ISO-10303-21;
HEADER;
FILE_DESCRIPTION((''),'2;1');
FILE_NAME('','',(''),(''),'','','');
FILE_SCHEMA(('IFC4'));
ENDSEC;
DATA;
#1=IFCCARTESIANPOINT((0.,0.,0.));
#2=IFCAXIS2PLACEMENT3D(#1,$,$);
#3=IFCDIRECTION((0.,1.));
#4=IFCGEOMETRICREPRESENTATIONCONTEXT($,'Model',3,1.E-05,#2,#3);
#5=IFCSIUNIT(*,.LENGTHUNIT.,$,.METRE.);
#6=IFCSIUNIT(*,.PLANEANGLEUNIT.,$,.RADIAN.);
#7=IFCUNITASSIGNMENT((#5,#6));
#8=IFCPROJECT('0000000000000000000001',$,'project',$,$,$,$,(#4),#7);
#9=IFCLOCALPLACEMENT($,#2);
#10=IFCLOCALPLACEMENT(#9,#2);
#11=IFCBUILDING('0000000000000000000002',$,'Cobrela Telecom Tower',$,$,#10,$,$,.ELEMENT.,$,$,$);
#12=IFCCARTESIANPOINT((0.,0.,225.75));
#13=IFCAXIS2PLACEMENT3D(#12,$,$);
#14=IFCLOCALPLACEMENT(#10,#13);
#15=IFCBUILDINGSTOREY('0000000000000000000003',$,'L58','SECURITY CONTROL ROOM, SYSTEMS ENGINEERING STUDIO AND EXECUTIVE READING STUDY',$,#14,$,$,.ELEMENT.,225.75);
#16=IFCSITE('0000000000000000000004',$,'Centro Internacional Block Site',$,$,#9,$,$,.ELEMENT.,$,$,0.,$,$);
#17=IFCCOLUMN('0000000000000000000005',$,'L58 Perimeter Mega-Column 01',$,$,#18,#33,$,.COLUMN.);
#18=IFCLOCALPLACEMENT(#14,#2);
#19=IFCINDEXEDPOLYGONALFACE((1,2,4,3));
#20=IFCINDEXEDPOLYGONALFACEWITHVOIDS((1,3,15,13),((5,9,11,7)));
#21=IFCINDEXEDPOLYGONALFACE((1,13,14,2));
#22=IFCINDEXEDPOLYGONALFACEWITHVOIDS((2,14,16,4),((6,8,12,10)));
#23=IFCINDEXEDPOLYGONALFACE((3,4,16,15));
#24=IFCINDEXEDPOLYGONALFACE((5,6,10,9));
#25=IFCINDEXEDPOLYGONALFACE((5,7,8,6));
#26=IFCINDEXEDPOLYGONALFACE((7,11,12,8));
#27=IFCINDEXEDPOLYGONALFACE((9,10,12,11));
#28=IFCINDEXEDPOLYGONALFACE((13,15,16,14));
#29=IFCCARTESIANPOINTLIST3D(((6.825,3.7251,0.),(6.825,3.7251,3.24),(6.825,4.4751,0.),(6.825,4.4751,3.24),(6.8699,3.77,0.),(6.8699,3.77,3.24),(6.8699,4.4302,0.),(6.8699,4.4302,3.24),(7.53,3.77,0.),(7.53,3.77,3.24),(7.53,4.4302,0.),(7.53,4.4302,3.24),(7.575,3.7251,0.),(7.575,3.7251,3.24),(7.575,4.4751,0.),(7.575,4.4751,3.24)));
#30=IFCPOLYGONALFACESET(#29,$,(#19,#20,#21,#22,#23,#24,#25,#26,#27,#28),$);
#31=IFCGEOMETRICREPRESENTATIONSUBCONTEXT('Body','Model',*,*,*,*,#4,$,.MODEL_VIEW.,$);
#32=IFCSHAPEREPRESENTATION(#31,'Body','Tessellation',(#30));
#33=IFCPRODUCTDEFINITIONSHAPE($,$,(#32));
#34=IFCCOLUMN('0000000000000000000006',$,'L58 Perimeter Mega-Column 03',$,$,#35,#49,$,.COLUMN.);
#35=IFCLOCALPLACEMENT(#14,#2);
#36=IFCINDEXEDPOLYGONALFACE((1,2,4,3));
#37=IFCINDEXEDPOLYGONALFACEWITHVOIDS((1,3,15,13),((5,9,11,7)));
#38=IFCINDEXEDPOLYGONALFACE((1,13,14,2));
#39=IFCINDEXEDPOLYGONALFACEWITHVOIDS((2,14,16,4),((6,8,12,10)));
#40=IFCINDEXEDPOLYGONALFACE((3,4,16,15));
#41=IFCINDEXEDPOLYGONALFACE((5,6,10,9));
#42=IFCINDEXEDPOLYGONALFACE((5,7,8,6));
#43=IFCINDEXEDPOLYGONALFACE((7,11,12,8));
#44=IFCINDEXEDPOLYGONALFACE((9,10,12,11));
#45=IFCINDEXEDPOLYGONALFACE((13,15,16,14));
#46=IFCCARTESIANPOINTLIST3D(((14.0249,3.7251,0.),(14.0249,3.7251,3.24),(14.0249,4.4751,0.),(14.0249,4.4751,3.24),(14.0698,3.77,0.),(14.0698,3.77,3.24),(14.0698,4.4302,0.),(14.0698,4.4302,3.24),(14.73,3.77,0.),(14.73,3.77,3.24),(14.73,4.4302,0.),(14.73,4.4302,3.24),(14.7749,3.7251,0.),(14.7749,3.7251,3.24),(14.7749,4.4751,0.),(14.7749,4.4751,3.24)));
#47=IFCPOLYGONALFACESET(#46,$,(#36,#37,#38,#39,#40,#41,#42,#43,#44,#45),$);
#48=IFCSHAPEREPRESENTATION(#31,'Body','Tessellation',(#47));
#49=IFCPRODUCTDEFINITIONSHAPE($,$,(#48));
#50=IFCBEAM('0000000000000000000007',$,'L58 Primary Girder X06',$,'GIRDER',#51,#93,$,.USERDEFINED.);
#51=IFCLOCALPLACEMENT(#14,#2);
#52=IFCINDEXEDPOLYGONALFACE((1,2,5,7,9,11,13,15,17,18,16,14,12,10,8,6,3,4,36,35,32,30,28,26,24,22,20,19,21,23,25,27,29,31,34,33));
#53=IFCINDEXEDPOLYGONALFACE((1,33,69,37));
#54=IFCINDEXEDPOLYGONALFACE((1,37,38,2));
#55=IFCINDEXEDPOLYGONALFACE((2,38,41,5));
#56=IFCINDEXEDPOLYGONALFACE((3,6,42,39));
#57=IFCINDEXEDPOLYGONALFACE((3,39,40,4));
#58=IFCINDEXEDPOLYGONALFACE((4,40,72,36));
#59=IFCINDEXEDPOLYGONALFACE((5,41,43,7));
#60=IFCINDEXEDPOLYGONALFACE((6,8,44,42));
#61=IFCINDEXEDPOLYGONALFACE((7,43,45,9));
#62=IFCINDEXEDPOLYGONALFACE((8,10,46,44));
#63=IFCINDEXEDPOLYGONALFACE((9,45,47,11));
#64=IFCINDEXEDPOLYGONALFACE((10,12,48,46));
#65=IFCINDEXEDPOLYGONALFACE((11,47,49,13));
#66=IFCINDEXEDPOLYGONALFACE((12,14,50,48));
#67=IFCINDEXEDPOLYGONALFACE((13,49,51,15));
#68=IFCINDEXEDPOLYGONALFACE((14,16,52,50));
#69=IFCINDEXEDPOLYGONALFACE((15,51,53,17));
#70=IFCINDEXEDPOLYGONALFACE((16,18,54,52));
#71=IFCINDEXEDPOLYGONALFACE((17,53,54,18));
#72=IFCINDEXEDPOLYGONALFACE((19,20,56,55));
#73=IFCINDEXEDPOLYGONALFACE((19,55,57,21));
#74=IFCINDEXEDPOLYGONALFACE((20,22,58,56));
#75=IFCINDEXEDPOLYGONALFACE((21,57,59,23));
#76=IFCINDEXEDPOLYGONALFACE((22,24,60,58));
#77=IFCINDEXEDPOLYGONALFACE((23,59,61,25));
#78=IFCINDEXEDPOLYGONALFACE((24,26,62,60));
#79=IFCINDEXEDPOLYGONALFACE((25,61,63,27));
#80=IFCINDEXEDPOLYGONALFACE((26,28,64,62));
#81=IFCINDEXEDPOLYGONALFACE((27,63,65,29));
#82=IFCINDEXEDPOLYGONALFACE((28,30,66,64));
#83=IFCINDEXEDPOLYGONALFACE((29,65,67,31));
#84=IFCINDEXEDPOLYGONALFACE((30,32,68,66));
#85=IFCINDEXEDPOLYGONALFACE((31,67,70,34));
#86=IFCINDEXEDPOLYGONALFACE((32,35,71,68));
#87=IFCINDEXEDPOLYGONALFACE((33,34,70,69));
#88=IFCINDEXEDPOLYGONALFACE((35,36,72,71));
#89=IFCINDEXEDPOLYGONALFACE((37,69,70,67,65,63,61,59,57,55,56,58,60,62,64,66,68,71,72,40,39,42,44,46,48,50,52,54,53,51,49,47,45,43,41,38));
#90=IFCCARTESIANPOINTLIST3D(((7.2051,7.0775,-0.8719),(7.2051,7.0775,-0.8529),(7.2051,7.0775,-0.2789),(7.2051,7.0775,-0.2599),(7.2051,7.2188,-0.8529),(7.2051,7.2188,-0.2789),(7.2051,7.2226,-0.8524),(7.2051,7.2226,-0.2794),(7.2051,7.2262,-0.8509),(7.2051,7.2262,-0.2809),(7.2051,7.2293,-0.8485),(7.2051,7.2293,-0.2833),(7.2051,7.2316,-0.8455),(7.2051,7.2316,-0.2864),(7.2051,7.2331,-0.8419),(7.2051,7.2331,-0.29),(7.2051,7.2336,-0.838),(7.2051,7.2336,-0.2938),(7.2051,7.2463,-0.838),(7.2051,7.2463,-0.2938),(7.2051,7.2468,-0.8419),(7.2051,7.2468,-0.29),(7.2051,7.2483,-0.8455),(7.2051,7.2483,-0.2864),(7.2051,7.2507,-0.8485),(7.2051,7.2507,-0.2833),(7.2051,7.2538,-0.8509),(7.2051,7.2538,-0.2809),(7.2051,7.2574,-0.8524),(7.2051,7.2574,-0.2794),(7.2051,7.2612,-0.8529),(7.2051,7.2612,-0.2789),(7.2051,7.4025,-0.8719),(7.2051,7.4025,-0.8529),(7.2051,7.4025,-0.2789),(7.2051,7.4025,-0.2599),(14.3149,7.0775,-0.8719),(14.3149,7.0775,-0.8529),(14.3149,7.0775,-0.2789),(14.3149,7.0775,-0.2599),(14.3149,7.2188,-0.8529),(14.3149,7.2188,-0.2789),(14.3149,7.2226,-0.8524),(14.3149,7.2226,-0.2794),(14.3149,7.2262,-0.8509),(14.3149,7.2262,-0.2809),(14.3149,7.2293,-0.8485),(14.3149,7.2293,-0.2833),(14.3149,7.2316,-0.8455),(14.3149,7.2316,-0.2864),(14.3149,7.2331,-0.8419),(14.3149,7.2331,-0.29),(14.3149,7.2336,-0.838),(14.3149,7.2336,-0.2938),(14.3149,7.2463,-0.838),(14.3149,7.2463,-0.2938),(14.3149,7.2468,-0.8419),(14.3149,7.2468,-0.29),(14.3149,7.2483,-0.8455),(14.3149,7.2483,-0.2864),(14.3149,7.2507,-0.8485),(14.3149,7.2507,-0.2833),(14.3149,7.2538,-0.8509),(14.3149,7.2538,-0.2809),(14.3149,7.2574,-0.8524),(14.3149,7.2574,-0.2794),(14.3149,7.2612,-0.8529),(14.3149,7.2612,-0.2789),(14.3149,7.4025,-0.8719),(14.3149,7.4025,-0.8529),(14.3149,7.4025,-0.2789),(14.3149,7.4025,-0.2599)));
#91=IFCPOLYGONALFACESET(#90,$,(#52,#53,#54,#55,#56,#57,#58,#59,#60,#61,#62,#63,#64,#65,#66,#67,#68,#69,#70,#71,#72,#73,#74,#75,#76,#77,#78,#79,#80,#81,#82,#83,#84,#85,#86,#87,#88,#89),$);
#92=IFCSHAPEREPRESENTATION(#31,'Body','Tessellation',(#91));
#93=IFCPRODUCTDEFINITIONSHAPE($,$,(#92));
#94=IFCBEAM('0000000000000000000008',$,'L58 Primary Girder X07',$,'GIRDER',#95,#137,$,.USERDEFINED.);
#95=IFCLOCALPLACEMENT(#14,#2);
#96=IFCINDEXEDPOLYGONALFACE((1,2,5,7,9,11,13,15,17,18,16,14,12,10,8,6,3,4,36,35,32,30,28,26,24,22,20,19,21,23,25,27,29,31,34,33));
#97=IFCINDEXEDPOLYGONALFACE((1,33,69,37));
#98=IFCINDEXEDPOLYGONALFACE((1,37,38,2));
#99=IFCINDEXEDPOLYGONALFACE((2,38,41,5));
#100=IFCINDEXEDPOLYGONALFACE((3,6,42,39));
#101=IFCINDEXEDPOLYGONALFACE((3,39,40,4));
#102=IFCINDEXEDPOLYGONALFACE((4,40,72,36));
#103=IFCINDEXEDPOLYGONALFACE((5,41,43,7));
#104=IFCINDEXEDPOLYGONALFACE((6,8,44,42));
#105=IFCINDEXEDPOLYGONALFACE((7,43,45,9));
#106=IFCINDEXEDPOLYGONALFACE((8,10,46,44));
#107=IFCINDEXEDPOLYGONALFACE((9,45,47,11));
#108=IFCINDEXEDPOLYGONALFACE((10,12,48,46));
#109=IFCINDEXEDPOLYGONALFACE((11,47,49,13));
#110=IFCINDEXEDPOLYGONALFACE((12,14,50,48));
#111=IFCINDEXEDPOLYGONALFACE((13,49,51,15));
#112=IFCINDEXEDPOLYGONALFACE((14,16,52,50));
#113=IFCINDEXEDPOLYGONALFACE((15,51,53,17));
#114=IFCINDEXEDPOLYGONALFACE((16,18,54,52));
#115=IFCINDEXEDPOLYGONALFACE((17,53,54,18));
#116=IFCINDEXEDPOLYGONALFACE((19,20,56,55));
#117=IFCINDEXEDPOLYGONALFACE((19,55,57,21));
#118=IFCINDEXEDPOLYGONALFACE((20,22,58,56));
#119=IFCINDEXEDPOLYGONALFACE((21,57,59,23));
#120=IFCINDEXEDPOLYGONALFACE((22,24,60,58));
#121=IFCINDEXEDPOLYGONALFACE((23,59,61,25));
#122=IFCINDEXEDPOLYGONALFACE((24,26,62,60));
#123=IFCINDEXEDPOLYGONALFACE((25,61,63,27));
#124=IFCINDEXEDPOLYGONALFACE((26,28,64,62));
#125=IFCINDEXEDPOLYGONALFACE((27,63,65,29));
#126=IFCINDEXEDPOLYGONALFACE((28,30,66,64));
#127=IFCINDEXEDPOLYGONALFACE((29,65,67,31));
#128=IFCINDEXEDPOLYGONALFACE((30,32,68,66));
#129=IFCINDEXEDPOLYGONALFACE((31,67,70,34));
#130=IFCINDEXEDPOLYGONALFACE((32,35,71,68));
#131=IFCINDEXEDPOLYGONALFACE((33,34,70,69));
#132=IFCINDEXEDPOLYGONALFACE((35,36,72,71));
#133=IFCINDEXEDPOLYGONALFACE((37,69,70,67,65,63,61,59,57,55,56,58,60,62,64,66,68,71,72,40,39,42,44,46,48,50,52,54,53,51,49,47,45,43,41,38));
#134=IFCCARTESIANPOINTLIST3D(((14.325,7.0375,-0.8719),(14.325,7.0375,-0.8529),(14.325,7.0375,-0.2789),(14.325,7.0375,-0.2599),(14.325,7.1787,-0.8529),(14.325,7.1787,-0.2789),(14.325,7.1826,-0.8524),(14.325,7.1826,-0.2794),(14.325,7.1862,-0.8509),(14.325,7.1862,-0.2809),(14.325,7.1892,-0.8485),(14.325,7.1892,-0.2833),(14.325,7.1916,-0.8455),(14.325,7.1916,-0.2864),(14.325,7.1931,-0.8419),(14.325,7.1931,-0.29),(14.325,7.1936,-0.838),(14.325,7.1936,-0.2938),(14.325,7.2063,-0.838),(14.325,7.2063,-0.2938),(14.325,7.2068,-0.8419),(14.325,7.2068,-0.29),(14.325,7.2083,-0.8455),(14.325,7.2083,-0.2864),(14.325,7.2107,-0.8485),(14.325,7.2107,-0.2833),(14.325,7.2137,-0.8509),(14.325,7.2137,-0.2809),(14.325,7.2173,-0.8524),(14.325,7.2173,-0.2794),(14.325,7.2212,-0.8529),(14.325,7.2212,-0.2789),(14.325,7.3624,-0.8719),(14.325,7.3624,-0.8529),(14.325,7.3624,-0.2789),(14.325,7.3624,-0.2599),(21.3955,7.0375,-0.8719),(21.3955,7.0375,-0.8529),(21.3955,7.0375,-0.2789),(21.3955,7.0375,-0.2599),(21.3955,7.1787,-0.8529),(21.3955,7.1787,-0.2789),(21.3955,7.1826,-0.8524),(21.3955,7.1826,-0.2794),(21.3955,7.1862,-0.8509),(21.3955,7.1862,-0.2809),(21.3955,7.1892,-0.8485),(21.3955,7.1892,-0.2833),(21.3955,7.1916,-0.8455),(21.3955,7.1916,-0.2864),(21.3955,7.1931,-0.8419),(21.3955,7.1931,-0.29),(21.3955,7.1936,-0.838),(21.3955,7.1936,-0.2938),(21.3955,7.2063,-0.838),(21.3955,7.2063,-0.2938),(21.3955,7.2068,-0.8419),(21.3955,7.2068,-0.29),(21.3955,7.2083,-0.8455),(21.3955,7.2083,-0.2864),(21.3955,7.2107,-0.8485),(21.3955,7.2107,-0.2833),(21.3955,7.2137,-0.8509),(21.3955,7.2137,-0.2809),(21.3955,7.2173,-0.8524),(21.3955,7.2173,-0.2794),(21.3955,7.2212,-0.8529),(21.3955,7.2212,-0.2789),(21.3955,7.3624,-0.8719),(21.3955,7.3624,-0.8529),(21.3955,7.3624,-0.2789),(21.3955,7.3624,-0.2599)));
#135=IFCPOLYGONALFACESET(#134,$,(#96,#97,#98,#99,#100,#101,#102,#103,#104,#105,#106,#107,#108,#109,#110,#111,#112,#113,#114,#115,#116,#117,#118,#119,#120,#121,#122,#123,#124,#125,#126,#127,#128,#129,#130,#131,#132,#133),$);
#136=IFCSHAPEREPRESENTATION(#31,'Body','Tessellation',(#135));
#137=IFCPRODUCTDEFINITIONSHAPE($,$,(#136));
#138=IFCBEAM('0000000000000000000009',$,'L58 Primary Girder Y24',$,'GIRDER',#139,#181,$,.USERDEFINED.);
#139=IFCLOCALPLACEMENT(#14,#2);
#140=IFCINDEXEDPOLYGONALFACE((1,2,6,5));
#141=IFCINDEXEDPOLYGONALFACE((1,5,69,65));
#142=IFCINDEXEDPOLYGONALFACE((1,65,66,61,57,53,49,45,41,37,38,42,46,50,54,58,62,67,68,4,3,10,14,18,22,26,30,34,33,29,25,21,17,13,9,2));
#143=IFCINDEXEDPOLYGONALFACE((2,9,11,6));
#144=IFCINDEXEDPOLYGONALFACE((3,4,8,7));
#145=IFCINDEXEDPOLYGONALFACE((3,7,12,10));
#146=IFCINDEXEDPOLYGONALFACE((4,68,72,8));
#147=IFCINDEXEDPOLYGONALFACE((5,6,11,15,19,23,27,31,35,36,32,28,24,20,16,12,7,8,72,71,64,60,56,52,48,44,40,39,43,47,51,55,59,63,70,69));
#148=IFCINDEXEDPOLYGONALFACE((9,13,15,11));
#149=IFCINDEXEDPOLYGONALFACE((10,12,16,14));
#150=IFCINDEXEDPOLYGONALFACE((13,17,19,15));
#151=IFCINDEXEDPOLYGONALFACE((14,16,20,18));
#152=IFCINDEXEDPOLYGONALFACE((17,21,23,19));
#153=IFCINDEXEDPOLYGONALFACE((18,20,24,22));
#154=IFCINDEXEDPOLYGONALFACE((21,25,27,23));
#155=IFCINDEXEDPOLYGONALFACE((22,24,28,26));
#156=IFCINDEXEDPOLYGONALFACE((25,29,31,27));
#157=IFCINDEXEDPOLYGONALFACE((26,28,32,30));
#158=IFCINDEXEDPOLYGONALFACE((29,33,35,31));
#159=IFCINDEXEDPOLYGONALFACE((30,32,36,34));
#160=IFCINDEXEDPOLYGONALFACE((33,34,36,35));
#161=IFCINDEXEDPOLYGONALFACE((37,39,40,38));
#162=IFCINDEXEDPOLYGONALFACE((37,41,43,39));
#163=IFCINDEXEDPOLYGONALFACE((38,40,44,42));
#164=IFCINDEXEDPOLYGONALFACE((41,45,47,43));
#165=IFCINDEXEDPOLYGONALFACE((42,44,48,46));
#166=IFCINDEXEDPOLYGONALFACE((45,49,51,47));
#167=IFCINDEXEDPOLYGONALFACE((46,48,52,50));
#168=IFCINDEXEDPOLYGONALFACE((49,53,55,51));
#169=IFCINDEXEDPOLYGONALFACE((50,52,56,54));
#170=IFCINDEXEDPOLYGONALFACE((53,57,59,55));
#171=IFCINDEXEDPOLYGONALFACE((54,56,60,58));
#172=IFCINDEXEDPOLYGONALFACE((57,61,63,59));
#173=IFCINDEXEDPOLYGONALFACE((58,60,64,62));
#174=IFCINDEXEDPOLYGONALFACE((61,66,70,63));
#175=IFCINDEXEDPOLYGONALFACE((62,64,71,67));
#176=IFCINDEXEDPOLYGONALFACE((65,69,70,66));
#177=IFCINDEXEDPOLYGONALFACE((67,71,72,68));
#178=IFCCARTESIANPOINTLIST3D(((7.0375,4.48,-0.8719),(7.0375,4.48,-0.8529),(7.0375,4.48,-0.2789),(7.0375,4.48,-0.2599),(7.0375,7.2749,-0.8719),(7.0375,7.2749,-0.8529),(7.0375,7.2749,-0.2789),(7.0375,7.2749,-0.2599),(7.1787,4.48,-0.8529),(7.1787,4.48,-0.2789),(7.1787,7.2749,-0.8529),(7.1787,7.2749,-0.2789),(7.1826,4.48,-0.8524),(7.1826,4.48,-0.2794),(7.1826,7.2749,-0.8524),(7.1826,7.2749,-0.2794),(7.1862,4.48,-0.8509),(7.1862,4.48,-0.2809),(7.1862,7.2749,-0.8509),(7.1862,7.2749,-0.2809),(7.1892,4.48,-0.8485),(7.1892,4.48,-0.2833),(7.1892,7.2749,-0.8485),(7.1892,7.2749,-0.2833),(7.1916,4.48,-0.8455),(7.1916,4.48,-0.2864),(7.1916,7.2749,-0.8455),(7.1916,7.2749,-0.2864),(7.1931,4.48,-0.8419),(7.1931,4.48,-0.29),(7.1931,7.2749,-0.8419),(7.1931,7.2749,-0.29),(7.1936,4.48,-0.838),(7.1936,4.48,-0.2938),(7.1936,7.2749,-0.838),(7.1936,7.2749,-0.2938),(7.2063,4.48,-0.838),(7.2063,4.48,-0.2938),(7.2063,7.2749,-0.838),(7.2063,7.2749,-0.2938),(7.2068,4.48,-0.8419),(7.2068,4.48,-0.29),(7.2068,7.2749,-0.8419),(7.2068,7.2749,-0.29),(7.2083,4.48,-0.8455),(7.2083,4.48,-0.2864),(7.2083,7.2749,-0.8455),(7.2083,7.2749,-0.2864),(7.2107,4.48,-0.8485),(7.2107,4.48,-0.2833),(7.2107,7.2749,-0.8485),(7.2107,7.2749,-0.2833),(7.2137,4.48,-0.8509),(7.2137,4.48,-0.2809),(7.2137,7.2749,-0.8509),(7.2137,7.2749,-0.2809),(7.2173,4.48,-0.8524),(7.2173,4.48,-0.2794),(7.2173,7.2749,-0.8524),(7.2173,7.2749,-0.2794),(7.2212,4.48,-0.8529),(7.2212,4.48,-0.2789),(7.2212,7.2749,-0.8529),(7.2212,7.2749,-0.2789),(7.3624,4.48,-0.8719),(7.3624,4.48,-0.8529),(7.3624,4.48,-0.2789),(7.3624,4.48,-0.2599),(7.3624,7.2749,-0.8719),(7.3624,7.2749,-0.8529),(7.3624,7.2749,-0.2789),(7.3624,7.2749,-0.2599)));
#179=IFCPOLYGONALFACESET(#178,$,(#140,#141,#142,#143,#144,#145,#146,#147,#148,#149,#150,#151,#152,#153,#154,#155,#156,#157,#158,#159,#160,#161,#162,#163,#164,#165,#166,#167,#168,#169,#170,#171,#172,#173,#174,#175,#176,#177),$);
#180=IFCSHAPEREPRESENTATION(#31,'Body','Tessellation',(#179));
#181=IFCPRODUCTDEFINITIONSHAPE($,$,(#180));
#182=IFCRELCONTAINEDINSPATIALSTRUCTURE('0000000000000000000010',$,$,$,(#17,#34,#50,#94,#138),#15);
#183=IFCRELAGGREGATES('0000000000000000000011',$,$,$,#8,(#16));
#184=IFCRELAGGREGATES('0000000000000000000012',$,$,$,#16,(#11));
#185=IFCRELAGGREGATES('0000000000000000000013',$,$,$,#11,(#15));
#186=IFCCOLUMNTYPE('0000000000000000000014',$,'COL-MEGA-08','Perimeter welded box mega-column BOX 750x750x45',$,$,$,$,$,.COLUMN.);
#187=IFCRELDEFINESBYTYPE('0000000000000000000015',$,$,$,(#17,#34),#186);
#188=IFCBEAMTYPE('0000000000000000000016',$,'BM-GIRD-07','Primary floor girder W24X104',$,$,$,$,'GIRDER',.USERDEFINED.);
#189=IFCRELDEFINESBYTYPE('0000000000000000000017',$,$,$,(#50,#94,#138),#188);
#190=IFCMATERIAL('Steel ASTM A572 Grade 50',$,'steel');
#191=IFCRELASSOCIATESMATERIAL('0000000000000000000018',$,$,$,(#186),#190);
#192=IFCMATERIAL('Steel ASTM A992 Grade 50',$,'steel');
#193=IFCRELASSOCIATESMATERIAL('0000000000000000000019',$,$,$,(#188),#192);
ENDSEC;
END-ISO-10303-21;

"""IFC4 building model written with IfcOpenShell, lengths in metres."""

from ifc_helpers import new_model, si_unit, direction, frame, origin, origin_2d, place, context, subcontext, project, spatial, hollow_rectangle, i_section, extrude, material, material_profile, profile_set, type_object, element, save


model = new_model("IFC4")

# Units and contexts
model_context = context("Model", 3, precision=1e-05, world=origin(), true_north=direction((0.0, 1.0)))
body_context = subcontext(model_context, "Body", "Model", "MODEL_VIEW")
ifc_project = project(units=[si_unit("LENGTHUNIT", "METRE"), si_unit("PLANEANGLEUNIT", "RADIAN")], contexts=[model_context])

# Site, building, storey
site_placement = place(None, origin())
site = spatial("IfcSite", under=ifc_project, at=site_placement, Name="Centro Internacional Block Site", CompositionType="ELEMENT", RefElevation=0.0)
building_placement = place(site_placement, origin())
building = spatial("IfcBuilding", under=site, at=building_placement, Name="Cobrela Telecom Tower", CompositionType="ELEMENT")
storey_placement = place(building_placement, frame((0.0, 0.0, 225.75)))
storey = spatial("IfcBuildingStorey", under=building, at=storey_placement, Name="L58", Description="SECURITY CONTROL ROOM, SYSTEMS ENGINEERING STUDIO AND EXECUTIVE READING STUDY", CompositionType="ELEMENT", Elevation=225.75)

# Columns
ifc_material_1 = material(Name="Steel ASTM A572 Grade 50", Category="steel")
ifc_material_profile_1 = material_profile(ifc_material_1, hollow_rectangle(XDim=0.75, YDim=0.75, WallThickness=0.0449, at=origin_2d()), Name="BOX 750x750x45")
ifc_profile_set_1 = profile_set([ifc_material_profile_1], Name="Steel ASTM A572 Grade 50")
column_type = type_object("IfcColumnType", Name="COL-MEGA-08", Description="Perimeter welded box mega-column BOX 750x750x45", PredefinedType="COLUMN", material=ifc_profile_set_1)
for number, where, z_axis, x_axis, name in (
    (1, (7.2, 4.1001, 0.0), (0.0, 0.0, 1.0), (1.0, 0.0, 0.0), "L58 Perimeter Mega-Column 01"),
    (2, (14.3999, 4.1001, 0.0), (0.0, 0.0, 1.0), (1.0, 0.0, 0.0), "L58 Perimeter Mega-Column 03"),
):
    element("IfcColumn", number, at=place(storey_placement, frame(where, z_axis=z_axis, x_axis=x_axis)), inside=storey, type_object=column_type, Name=name, PredefinedType="COLUMN", context=body_context, shape_type="SweptSolid", body=[
        extrude(hollow_rectangle(XDim=0.75, YDim=0.75, WallThickness=0.0449, at=origin_2d()), origin(), (0.0, 0.0, 1.0), 3.24),
    ])

# Beams
ifc_material_2 = material(Name="Steel ASTM A992 Grade 50", Category="steel")
ifc_material_profile_2 = material_profile(ifc_material_2, i_section(OverallWidth=0.325, OverallDepth=0.6121, WebThickness=0.0127, FlangeThickness=0.019, FilletRadius=0.0149, at=origin_2d()), Name="W24X104")
ifc_profile_set_2 = profile_set([ifc_material_profile_2], Name="Steel ASTM A992 Grade 50")
beam_type_1 = type_object("IfcBeamType", Name="BM-GIRD-07", Description="Primary floor girder W24X104", ElementType="GIRDER", PredefinedType="USERDEFINED", material=ifc_profile_set_2)
beam_1_placement = place(storey_placement, frame((7.2051, 7.24, -0.5659), z_axis=(1.0, 0.0, 0.0), x_axis=(0.0, 1.0, 0.0)))
element("IfcBeam", 3, at=beam_1_placement, inside=storey, type_object=beam_type_1, Name="L58 Primary Girder X06", ObjectType="GIRDER", PredefinedType="USERDEFINED", context=body_context, shape_type="SweptSolid", body=[
    extrude(i_section(OverallWidth=0.325, OverallDepth=0.6121, WebThickness=0.0127, FlangeThickness=0.019, FilletRadius=0.0149, at=origin_2d()), origin(), (0.0, 0.0, 1.0), 7.1099),
])
beam_2_placement = place(storey_placement, frame((14.325, 7.2, -0.5659), z_axis=(1.0, 0.0, 0.0), x_axis=(0.0, 1.0, 0.0)))
element("IfcBeam", 4, at=beam_2_placement, inside=storey, type_object=beam_type_1, Name="L58 Primary Girder X07", ObjectType="GIRDER", PredefinedType="USERDEFINED", context=body_context, shape_type="SweptSolid", body=[
    extrude(i_section(OverallWidth=0.325, OverallDepth=0.6121, WebThickness=0.0127, FlangeThickness=0.019, FilletRadius=0.0149, at=origin_2d()), origin(), (0.0, 0.0, 1.0), 7.0706),
])
beam_3_placement = place(storey_placement, frame((7.2, 4.48, -0.5659), z_axis=(0.0, 1.0, 0.0), x_axis=(-1.0, 0.0, 0.0)))
element("IfcBeam", 5, at=beam_3_placement, inside=storey, type_object=beam_type_1, Name="L58 Primary Girder Y24", ObjectType="GIRDER", PredefinedType="USERDEFINED", context=body_context, shape_type="SweptSolid", body=[
    extrude(i_section(OverallWidth=0.325, OverallDepth=0.6121, WebThickness=0.0127, FlangeThickness=0.019, FilletRadius=0.0149, at=origin_2d()), origin(), (0.0, 0.0, 1.0), 2.7949),
])

save(model, "model.ifc")
